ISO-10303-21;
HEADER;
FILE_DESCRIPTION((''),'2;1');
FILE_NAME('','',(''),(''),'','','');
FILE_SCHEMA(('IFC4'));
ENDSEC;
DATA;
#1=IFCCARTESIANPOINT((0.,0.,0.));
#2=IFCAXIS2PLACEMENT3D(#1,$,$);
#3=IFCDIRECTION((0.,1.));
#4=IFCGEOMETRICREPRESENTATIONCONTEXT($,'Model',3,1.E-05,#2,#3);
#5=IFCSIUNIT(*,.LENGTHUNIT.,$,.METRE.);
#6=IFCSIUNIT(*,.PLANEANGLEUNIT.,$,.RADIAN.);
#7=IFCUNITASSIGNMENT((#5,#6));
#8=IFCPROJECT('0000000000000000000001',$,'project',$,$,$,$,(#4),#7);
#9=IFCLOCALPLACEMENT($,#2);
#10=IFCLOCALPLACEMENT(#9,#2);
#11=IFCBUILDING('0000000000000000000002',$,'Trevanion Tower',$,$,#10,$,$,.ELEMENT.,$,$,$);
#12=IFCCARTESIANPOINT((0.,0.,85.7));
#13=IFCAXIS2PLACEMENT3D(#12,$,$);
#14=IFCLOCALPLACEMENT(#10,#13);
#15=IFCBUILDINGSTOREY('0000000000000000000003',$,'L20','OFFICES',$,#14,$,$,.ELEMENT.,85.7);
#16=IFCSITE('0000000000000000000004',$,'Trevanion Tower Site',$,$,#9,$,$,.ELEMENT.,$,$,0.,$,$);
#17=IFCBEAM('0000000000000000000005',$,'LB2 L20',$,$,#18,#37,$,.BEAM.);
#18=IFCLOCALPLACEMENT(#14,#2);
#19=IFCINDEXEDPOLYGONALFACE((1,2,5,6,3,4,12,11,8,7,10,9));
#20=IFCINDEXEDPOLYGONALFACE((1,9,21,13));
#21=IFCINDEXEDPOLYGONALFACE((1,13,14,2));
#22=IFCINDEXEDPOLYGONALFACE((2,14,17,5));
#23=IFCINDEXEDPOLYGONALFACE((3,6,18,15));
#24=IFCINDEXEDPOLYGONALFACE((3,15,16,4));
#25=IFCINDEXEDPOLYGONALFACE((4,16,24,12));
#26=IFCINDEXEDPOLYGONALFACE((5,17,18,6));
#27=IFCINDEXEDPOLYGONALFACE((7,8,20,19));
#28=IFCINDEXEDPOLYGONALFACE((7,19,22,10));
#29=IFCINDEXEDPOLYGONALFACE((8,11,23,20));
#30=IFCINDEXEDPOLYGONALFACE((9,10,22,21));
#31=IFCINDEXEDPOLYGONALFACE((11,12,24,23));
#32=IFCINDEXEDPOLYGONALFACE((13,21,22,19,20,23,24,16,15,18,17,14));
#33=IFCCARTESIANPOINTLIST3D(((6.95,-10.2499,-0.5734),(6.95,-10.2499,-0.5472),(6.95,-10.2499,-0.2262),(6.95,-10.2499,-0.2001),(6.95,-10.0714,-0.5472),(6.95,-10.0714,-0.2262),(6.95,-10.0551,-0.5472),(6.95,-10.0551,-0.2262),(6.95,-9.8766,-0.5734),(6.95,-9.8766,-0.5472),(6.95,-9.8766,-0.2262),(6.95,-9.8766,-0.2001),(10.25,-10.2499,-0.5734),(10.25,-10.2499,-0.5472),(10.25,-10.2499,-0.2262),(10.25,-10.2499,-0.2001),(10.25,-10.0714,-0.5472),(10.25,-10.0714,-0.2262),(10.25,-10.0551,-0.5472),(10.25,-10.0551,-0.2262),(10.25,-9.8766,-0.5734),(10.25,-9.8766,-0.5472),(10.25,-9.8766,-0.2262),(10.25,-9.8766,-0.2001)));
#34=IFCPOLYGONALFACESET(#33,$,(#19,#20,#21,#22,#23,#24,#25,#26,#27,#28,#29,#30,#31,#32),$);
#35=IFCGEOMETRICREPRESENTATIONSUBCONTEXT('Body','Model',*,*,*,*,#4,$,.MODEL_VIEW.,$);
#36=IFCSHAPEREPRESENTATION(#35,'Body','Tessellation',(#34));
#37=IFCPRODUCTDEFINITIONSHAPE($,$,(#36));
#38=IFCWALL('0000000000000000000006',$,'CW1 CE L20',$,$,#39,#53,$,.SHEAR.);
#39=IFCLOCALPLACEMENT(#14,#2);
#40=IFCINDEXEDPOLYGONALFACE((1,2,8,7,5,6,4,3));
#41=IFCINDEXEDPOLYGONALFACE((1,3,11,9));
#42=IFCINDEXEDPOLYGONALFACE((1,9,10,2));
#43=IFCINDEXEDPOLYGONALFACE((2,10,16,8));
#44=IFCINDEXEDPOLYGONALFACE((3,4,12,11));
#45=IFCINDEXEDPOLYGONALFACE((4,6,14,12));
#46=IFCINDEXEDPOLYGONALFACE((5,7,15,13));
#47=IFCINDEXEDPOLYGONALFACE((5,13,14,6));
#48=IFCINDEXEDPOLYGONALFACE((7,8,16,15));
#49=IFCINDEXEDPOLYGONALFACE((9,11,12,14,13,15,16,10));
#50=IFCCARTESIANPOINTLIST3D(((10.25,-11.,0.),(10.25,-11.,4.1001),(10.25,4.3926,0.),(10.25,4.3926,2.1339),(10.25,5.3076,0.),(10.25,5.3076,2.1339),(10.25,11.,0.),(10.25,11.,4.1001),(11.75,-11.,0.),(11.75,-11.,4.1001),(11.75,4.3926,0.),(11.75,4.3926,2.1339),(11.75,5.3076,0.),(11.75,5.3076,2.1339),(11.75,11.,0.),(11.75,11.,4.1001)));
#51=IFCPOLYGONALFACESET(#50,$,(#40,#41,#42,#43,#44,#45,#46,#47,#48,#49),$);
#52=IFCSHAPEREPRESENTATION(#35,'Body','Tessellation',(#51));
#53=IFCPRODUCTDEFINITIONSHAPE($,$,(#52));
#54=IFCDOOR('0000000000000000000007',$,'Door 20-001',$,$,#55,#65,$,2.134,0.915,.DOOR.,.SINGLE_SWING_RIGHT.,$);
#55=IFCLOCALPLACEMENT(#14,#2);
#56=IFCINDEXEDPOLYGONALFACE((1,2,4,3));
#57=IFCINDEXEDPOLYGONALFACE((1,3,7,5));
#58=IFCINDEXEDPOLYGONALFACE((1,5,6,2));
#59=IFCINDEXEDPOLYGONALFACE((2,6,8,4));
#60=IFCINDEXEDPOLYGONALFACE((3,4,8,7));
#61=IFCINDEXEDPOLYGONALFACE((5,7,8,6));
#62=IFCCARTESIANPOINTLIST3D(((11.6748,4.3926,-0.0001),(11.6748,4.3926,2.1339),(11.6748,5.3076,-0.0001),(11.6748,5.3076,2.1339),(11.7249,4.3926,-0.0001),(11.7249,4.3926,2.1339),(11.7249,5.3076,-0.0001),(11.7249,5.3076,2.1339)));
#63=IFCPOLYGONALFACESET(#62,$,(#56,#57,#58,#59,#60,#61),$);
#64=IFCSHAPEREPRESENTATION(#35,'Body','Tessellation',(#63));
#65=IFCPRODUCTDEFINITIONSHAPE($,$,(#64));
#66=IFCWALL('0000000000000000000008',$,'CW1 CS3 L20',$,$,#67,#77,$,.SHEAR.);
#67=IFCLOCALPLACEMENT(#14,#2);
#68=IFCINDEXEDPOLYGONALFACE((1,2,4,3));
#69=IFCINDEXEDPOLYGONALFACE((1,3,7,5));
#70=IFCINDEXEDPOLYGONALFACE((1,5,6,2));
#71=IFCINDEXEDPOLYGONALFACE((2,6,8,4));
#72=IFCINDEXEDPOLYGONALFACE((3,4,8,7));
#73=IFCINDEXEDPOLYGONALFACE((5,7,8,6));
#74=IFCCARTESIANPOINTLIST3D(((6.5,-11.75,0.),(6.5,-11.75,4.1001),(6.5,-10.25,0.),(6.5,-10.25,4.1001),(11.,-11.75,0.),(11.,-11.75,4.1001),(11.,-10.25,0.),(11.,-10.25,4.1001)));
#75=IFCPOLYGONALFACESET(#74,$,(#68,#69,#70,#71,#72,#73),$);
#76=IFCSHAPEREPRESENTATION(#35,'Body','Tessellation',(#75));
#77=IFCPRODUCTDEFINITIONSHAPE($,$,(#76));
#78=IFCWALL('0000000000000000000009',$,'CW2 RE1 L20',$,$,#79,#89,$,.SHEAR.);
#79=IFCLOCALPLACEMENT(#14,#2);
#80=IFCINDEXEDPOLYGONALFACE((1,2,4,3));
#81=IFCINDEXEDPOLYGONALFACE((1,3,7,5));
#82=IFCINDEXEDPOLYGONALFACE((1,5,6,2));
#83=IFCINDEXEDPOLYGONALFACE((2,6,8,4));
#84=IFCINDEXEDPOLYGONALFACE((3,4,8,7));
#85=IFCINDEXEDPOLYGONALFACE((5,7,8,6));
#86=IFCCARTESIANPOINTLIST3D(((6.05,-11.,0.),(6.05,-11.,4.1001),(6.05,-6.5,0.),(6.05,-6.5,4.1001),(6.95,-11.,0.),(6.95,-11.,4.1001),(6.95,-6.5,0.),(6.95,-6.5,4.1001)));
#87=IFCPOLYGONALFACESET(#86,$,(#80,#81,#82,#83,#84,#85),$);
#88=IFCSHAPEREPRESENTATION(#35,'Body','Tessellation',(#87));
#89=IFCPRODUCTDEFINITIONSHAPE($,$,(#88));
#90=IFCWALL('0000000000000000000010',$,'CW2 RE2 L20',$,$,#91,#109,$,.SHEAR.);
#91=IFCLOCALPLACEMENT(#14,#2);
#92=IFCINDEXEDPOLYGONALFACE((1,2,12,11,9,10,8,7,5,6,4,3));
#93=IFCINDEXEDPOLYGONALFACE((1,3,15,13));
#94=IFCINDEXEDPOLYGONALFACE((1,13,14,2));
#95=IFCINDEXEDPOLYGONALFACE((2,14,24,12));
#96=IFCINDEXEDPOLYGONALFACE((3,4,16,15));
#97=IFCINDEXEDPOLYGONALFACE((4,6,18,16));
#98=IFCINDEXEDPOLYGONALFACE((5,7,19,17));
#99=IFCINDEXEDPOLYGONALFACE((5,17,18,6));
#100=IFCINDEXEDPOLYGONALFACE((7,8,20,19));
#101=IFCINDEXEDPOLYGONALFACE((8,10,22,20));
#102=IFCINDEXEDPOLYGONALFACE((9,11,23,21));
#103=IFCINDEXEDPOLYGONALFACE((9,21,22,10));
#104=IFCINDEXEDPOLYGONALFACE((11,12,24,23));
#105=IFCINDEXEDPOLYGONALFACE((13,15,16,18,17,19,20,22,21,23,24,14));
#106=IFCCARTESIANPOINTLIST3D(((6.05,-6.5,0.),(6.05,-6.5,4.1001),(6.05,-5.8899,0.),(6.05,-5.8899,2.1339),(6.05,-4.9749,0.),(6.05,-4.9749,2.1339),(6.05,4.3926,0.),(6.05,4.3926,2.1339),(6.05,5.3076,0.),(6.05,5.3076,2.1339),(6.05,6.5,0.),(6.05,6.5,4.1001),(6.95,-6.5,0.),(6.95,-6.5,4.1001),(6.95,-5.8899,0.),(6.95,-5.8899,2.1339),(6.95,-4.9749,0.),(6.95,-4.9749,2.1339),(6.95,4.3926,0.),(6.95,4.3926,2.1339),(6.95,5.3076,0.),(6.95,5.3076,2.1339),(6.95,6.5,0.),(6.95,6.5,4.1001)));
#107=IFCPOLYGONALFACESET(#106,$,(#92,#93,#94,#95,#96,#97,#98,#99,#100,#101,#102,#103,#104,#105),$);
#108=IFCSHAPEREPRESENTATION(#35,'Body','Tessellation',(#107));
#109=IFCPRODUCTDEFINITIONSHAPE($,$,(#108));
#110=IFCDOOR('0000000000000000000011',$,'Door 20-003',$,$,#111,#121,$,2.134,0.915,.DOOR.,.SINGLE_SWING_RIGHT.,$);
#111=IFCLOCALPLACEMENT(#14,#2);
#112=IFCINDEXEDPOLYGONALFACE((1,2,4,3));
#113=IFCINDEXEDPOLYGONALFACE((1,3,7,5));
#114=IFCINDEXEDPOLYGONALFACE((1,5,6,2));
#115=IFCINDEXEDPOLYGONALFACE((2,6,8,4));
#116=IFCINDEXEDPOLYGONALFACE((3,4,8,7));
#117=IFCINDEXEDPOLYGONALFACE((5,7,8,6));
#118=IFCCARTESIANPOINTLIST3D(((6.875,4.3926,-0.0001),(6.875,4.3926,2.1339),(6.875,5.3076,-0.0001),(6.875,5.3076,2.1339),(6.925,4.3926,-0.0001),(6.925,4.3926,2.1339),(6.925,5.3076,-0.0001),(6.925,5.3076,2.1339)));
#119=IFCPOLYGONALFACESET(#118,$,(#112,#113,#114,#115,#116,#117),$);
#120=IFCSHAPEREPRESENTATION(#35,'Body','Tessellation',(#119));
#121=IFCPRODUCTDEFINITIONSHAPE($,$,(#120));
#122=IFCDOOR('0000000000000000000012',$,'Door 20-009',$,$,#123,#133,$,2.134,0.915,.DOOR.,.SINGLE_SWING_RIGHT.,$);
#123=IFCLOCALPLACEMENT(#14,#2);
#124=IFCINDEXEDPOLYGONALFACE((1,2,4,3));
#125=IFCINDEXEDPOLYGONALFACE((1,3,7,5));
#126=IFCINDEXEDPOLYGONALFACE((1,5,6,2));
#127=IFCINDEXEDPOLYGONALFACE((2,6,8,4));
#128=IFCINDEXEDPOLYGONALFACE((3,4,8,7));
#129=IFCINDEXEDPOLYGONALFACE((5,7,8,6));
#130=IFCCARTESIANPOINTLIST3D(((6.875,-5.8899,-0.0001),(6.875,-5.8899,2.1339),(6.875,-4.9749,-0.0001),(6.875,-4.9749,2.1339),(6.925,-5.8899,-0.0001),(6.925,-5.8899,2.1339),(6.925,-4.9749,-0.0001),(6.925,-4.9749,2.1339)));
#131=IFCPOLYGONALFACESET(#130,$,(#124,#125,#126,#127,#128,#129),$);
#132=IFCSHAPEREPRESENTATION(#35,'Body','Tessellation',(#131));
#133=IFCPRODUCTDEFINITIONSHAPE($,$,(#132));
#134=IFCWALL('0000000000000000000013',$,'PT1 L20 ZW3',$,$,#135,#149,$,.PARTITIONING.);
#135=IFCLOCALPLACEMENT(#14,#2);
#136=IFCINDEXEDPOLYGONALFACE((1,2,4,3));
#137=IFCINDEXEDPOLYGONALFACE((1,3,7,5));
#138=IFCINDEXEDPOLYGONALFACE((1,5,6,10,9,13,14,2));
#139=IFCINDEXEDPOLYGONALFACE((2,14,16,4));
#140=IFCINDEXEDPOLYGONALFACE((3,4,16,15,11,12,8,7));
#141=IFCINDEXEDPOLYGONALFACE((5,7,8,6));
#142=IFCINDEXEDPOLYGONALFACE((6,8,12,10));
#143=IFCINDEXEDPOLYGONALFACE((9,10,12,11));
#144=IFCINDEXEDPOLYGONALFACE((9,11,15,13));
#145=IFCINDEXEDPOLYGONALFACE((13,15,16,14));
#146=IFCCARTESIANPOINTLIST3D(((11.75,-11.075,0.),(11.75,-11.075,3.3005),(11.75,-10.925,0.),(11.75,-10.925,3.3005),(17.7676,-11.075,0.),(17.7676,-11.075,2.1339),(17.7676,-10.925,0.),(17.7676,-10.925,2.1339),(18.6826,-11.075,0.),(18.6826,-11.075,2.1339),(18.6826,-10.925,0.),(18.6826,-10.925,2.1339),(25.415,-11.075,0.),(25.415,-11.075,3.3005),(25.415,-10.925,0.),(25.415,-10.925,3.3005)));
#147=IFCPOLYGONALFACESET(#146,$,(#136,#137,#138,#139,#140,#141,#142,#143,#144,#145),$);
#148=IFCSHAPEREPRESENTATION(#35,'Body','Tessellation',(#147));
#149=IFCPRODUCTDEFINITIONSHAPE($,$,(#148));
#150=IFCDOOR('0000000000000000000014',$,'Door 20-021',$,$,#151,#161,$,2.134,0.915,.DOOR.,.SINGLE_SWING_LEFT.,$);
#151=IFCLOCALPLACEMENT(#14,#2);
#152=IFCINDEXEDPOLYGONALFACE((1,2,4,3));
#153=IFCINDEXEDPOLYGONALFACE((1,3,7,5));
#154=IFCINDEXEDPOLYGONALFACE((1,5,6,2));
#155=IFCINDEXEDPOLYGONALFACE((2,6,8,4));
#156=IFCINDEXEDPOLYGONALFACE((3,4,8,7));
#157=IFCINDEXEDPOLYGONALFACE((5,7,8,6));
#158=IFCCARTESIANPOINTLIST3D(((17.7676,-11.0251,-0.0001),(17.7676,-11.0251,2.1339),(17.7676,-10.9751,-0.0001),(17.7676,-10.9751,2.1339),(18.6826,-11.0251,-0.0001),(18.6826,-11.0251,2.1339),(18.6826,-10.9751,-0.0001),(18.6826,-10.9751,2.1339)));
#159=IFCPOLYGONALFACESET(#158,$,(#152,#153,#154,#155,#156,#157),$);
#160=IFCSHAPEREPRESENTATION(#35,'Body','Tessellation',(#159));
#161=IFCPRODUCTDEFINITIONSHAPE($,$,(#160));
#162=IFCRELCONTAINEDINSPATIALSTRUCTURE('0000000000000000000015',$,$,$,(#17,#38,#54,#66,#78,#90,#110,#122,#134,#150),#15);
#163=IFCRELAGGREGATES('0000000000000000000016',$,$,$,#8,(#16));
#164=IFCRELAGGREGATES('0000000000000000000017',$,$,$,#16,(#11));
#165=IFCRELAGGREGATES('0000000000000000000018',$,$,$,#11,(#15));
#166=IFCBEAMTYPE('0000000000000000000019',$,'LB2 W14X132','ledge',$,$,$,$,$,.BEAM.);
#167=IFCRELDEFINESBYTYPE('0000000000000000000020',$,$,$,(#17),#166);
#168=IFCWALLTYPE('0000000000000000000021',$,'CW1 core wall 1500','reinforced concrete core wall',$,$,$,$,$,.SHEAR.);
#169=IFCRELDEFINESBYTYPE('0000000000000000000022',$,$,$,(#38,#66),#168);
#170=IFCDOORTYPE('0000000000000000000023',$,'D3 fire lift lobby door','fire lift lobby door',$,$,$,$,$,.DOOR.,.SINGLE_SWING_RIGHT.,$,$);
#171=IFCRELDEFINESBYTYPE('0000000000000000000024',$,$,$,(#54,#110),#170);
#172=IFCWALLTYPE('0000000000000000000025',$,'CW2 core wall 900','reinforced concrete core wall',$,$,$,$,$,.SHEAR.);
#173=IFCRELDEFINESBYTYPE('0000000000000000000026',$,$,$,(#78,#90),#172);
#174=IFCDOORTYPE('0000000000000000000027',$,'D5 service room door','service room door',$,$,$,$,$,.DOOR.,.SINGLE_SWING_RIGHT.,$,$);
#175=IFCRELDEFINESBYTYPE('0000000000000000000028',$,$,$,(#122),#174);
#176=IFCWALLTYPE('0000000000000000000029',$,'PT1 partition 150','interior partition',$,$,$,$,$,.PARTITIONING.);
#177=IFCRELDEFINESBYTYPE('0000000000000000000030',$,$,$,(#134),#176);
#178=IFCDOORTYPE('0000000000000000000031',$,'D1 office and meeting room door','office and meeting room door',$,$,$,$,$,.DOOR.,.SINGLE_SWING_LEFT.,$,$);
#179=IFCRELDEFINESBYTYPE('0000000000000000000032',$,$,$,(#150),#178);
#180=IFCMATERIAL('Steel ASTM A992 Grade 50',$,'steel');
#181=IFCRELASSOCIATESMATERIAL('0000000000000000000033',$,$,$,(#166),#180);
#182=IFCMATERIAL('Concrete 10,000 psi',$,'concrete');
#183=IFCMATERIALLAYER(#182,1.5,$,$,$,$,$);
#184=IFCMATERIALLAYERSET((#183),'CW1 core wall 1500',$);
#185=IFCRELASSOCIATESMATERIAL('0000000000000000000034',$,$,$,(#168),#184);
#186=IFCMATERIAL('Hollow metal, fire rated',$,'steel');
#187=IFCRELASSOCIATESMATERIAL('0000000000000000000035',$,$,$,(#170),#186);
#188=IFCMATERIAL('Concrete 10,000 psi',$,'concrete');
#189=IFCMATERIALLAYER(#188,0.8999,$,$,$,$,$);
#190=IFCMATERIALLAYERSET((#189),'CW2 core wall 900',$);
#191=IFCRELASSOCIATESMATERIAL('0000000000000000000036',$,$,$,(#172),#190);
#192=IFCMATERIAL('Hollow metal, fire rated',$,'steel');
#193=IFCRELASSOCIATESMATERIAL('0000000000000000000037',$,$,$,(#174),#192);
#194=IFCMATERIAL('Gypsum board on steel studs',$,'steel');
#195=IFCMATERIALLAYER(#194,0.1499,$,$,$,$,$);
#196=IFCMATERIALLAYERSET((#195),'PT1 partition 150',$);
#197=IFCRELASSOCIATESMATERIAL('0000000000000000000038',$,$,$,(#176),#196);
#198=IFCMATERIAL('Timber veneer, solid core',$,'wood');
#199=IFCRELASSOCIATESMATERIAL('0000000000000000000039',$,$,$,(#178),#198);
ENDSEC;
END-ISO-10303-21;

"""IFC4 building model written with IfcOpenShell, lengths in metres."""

from ifc_helpers import new_model, si_unit, direction, frame, frame_2d, origin, origin_2d, place, context, subcontext, project, spatial, rectangle, i_section, extrude, material, layer, layer_set, material_profile, profile_set, type_object, element, fill, save


model = new_model("IFC4")

# Units and contexts
model_context = context("Model", 3, precision=1e-05, world=origin(), true_north=direction((0.0, 1.0)))
body_context = subcontext(model_context, "Body", "Model", "MODEL_VIEW")
ifc_project = project(units=[si_unit("LENGTHUNIT", "METRE"), si_unit("PLANEANGLEUNIT", "RADIAN")], contexts=[model_context])

# Site, building, storey
site_placement = place(None, origin())
site = spatial("IfcSite", under=ifc_project, at=site_placement, Name="Trevanion Tower Site", CompositionType="ELEMENT", RefElevation=0.0)
building_placement = place(site_placement, origin())
building = spatial("IfcBuilding", under=site, at=building_placement, Name="Trevanion Tower", CompositionType="ELEMENT")
storey_placement = place(building_placement, frame((0.0, 0.0, 85.7)))
storey = spatial("IfcBuildingStorey", under=building, at=storey_placement, Name="L20", Description="OFFICES", CompositionType="ELEMENT", Elevation=85.7)

# Beam
ifc_material_1 = material(Name="Steel ASTM A992 Grade 50", Category="steel")
ifc_material_profile_1 = material_profile(ifc_material_1, i_section(OverallWidth=0.3733, OverallDepth=0.3733, WebThickness=0.0164, FlangeThickness=0.0261, at=origin_2d()), Name="W14X132")
ifc_profile_set_1 = profile_set([ifc_material_profile_1], Name="Steel ASTM A992 Grade 50")
beam_type_1 = type_object("IfcBeamType", Name="LB2 W14X132", Description="ledge", PredefinedType="BEAM", material=ifc_profile_set_1)
beam_1_placement = place(storey_placement, frame((6.95, -10.0632, -0.3867), z_axis=(1.0, 0.0, 0.0), x_axis=(0.0, 1.0, 0.0)))
element("IfcBeam", 1, at=beam_1_placement, inside=storey, type_object=beam_type_1, Name="LB2 L20", PredefinedType="BEAM", context=body_context, shape_type="SweptSolid", body=[
    extrude(i_section(OverallWidth=0.3733, OverallDepth=0.3733, WebThickness=0.0164, FlangeThickness=0.0261, at=origin_2d()), origin(), (0.0, 0.0, 1.0), 3.3),
])

# Wall, opening, door
ifc_material_2 = material(Name="Concrete 10,000 psi", Category="concrete")
ifc_layer_1 = layer(ifc_material_2, 1.5)
ifc_layer_set_1 = layer_set([ifc_layer_1], Name="CW1 core wall 1500")
wall_type_1 = type_object("IfcWallType", Name="CW1 core wall 1500", Description="reinforced concrete core wall", PredefinedType="SHEAR", material=ifc_layer_set_1)
wall_1_placement = place(storey_placement, frame((11.0, -11.0, 0.0), z_axis=(0.0, 0.0, 1.0), x_axis=(0.0, 1.0, 0.0)))
wall_1 = element("IfcWall", 2, at=wall_1_placement, inside=storey, type_object=wall_type_1, Name="CW1 CE L20", PredefinedType="SHEAR", context=body_context, shape_type="SweptSolid", body=[
    extrude(rectangle(XDim=22.0, YDim=1.5, at=frame_2d((11.0, 0.0))), origin(), (0.0, 0.0, 1.0), 4.1001),
])
opening_1_placement = place(wall_1_placement, frame((15.3926, 0.0, 0.0)))
opening_1 = element("IfcOpeningElement", 3, at=opening_1_placement, cuts=wall_1, PredefinedType="OPENING", context=body_context, shape_type="SweptSolid", body=[
    extrude(rectangle(XDim=0.915, YDim=2.134, at=frame_2d((0.4575, 1.0669))), frame((0.0, 0.76, 0.0), z_axis=(0.0, -1.0, 0.0), x_axis=(1.0, 0.0, 0.0)), (0.0, 0.0, 1.0), 1.52),
])
ifc_material_3 = material(Name="Hollow metal, fire rated", Category="steel")
door_type_1 = type_object("IfcDoorType", Name="D3 fire lift lobby door", Description="fire lift lobby door", OperationType="SINGLE_SWING_RIGHT", PredefinedType="DOOR", material=ifc_material_3)
door_1_placement = place(opening_1_placement, origin())
door_1 = element("IfcDoor", 4, at=door_1_placement, inside=storey, type_object=door_type_1, Name="Door 20-001", OperationType="SINGLE_SWING_RIGHT", OverallHeight=2.134, OverallWidth=0.915, PredefinedType="DOOR", context=body_context, shape_type="SweptSolid", body=[
    extrude(rectangle(XDim=0.915, YDim=2.134, at=frame_2d((0.4575, 1.0669))), frame((0.0, -0.6748, 0.0), z_axis=(0.0, -1.0, 0.0), x_axis=(1.0, 0.0, 0.0)), (0.0, 0.0, 1.0), 0.05),
])
fill(opening_1, door_1)

# Walls
wall_2_placement = place(storey_placement, frame((6.5, -11.0, 0.0), z_axis=(0.0, 0.0, 1.0), x_axis=(1.0, 0.0, 0.0)))
element("IfcWall", 5, at=wall_2_placement, inside=storey, type_object=wall_type_1, Name="CW1 CS3 L20", PredefinedType="SHEAR", context=body_context, shape_type="SweptSolid", body=[
    extrude(rectangle(XDim=4.5, YDim=1.5, at=frame_2d((2.25, 0.0))), origin(), (0.0, 0.0, 1.0), 4.1001),
])
ifc_material_4 = material(Name="Concrete 10,000 psi", Category="concrete")
ifc_layer_2 = layer(ifc_material_4, 0.8999)
ifc_layer_set_2 = layer_set([ifc_layer_2], Name="CW2 core wall 900")
wall_type_2 = type_object("IfcWallType", Name="CW2 core wall 900", Description="reinforced concrete core wall", PredefinedType="SHEAR", material=ifc_layer_set_2)
wall_3_placement = place(storey_placement, frame((6.5, -11.0, 0.0), z_axis=(0.0, 0.0, 1.0), x_axis=(0.0, 1.0, 0.0)))
element("IfcWall", 6, at=wall_3_placement, inside=storey, type_object=wall_type_2, Name="CW2 RE1 L20", PredefinedType="SHEAR", context=body_context, shape_type="SweptSolid", body=[
    extrude(rectangle(XDim=4.5, YDim=0.8999, at=frame_2d((2.25, 0.0))), origin(), (0.0, 0.0, 1.0), 4.1001),
])

# Wall, openings, doors
wall_4_placement = place(storey_placement, frame((6.5, -6.5, 0.0), z_axis=(0.0, 0.0, 1.0), x_axis=(0.0, 1.0, 0.0)))
wall_4 = element("IfcWall", 7, at=wall_4_placement, inside=storey, type_object=wall_type_2, Name="CW2 RE2 L20", PredefinedType="SHEAR", context=body_context, shape_type="SweptSolid", body=[
    extrude(rectangle(XDim=13.0, YDim=0.8999, at=frame_2d((6.5, 0.0))), origin(), (0.0, 0.0, 1.0), 4.1001),
])
opening_2_placement = place(wall_4_placement, frame((10.8926, 0.0, 0.0)))
opening_2 = element("IfcOpeningElement", 8, at=opening_2_placement, cuts=wall_4, PredefinedType="OPENING", context=body_context, shape_type="SweptSolid", body=[
    extrude(rectangle(XDim=0.915, YDim=2.134, at=frame_2d((0.4575, 1.0669))), frame((0.0, 0.46, 0.0), z_axis=(0.0, -1.0, 0.0), x_axis=(1.0, 0.0, 0.0)), (0.0, 0.0, 1.0), 0.9199),
])
opening_3_placement = place(wall_4_placement, frame((0.6101, 0.0, 0.0)))
opening_3 = element("IfcOpeningElement", 9, at=opening_3_placement, cuts=wall_4, PredefinedType="OPENING", context=body_context, shape_type="SweptSolid", body=[
    extrude(rectangle(XDim=0.915, YDim=2.134, at=frame_2d((0.4575, 1.0669))), frame((0.0, 0.46, 0.0), z_axis=(0.0, -1.0, 0.0), x_axis=(1.0, 0.0, 0.0)), (0.0, 0.0, 1.0), 0.9199),
])
door_2_placement = place(opening_2_placement, origin())
door_2 = element("IfcDoor", 10, at=door_2_placement, inside=storey, type_object=door_type_1, Name="Door 20-003", OperationType="SINGLE_SWING_RIGHT", OverallHeight=2.134, OverallWidth=0.915, PredefinedType="DOOR", context=body_context, shape_type="SweptSolid", body=[
    extrude(rectangle(XDim=0.915, YDim=2.134, at=frame_2d((0.4575, 1.0669))), frame((0.0, -0.375, 0.0), z_axis=(0.0, -1.0, 0.0), x_axis=(1.0, 0.0, 0.0)), (0.0, 0.0, 1.0), 0.05),
])
fill(opening_2, door_2)
ifc_material_5 = material(Name="Hollow metal, fire rated", Category="steel")
door_type_2 = type_object("IfcDoorType", Name="D5 service room door", Description="service room door", OperationType="SINGLE_SWING_RIGHT", PredefinedType="DOOR", material=ifc_material_5)
door_3_placement = place(opening_3_placement, origin())
door_3 = element("IfcDoor", 11, at=door_3_placement, inside=storey, type_object=door_type_2, Name="Door 20-009", OperationType="SINGLE_SWING_RIGHT", OverallHeight=2.134, OverallWidth=0.915, PredefinedType="DOOR", context=body_context, shape_type="SweptSolid", body=[
    extrude(rectangle(XDim=0.915, YDim=2.134, at=frame_2d((0.4575, 1.0669))), frame((0.0, -0.375, 0.0), z_axis=(0.0, -1.0, 0.0), x_axis=(1.0, 0.0, 0.0)), (0.0, 0.0, 1.0), 0.05),
])
fill(opening_3, door_3)

# Wall, opening, door
ifc_material_6 = material(Name="Gypsum board on steel studs", Category="steel")
ifc_layer_3 = layer(ifc_material_6, 0.1499)
ifc_layer_set_3 = layer_set([ifc_layer_3], Name="PT1 partition 150")
wall_type_3 = type_object("IfcWallType", Name="PT1 partition 150", Description="interior partition", PredefinedType="PARTITIONING", material=ifc_layer_set_3)
wall_5_placement = place(storey_placement, frame((11.75, -11.0, 0.0), z_axis=(0.0, 0.0, 1.0), x_axis=(1.0, 0.0, 0.0)))
wall_5 = element("IfcWall", 12, at=wall_5_placement, inside=storey, type_object=wall_type_3, Name="PT1 L20 ZW3", PredefinedType="PARTITIONING", context=body_context, shape_type="SweptSolid", body=[
    extrude(rectangle(XDim=13.665, YDim=0.1499, at=frame_2d((6.8325, 0.0))), origin(), (0.0, 0.0, 1.0), 3.3005),
])
opening_4_placement = place(wall_5_placement, frame((6.0176, 0.0, 0.0)))
opening_4 = element("IfcOpeningElement", 13, at=opening_4_placement, cuts=wall_5, PredefinedType="OPENING", context=body_context, shape_type="SweptSolid", body=[
    extrude(rectangle(XDim=0.915, YDim=2.134, at=frame_2d((0.4575, 1.0669))), frame((0.0, 0.085, 0.0), z_axis=(0.0, -1.0, 0.0), x_axis=(1.0, 0.0, 0.0)), (0.0, 0.0, 1.0), 0.1699),
])
ifc_material_7 = material(Name="Timber veneer, solid core", Category="wood")
door_type_3 = type_object("IfcDoorType", Name="D1 office and meeting room door", Description="office and meeting room door", OperationType="SINGLE_SWING_LEFT", PredefinedType="DOOR", material=ifc_material_7)
door_4_placement = place(opening_4_placement, origin())
door_4 = element("IfcDoor", 14, at=door_4_placement, inside=storey, type_object=door_type_3, Name="Door 20-021", OperationType="SINGLE_SWING_LEFT", OverallHeight=2.134, OverallWidth=0.915, PredefinedType="DOOR", context=body_context, shape_type="SweptSolid", body=[
    extrude(rectangle(XDim=0.915, YDim=2.134, at=frame_2d((0.4575, 1.0669))), frame((0.0, 0.0249, 0.0), z_axis=(0.0, -1.0, 0.0), x_axis=(1.0, 0.0, 0.0)), (0.0, 0.0, 1.0), 0.05),
])
fill(opening_4, door_4)

save(model, "model.ifc")
